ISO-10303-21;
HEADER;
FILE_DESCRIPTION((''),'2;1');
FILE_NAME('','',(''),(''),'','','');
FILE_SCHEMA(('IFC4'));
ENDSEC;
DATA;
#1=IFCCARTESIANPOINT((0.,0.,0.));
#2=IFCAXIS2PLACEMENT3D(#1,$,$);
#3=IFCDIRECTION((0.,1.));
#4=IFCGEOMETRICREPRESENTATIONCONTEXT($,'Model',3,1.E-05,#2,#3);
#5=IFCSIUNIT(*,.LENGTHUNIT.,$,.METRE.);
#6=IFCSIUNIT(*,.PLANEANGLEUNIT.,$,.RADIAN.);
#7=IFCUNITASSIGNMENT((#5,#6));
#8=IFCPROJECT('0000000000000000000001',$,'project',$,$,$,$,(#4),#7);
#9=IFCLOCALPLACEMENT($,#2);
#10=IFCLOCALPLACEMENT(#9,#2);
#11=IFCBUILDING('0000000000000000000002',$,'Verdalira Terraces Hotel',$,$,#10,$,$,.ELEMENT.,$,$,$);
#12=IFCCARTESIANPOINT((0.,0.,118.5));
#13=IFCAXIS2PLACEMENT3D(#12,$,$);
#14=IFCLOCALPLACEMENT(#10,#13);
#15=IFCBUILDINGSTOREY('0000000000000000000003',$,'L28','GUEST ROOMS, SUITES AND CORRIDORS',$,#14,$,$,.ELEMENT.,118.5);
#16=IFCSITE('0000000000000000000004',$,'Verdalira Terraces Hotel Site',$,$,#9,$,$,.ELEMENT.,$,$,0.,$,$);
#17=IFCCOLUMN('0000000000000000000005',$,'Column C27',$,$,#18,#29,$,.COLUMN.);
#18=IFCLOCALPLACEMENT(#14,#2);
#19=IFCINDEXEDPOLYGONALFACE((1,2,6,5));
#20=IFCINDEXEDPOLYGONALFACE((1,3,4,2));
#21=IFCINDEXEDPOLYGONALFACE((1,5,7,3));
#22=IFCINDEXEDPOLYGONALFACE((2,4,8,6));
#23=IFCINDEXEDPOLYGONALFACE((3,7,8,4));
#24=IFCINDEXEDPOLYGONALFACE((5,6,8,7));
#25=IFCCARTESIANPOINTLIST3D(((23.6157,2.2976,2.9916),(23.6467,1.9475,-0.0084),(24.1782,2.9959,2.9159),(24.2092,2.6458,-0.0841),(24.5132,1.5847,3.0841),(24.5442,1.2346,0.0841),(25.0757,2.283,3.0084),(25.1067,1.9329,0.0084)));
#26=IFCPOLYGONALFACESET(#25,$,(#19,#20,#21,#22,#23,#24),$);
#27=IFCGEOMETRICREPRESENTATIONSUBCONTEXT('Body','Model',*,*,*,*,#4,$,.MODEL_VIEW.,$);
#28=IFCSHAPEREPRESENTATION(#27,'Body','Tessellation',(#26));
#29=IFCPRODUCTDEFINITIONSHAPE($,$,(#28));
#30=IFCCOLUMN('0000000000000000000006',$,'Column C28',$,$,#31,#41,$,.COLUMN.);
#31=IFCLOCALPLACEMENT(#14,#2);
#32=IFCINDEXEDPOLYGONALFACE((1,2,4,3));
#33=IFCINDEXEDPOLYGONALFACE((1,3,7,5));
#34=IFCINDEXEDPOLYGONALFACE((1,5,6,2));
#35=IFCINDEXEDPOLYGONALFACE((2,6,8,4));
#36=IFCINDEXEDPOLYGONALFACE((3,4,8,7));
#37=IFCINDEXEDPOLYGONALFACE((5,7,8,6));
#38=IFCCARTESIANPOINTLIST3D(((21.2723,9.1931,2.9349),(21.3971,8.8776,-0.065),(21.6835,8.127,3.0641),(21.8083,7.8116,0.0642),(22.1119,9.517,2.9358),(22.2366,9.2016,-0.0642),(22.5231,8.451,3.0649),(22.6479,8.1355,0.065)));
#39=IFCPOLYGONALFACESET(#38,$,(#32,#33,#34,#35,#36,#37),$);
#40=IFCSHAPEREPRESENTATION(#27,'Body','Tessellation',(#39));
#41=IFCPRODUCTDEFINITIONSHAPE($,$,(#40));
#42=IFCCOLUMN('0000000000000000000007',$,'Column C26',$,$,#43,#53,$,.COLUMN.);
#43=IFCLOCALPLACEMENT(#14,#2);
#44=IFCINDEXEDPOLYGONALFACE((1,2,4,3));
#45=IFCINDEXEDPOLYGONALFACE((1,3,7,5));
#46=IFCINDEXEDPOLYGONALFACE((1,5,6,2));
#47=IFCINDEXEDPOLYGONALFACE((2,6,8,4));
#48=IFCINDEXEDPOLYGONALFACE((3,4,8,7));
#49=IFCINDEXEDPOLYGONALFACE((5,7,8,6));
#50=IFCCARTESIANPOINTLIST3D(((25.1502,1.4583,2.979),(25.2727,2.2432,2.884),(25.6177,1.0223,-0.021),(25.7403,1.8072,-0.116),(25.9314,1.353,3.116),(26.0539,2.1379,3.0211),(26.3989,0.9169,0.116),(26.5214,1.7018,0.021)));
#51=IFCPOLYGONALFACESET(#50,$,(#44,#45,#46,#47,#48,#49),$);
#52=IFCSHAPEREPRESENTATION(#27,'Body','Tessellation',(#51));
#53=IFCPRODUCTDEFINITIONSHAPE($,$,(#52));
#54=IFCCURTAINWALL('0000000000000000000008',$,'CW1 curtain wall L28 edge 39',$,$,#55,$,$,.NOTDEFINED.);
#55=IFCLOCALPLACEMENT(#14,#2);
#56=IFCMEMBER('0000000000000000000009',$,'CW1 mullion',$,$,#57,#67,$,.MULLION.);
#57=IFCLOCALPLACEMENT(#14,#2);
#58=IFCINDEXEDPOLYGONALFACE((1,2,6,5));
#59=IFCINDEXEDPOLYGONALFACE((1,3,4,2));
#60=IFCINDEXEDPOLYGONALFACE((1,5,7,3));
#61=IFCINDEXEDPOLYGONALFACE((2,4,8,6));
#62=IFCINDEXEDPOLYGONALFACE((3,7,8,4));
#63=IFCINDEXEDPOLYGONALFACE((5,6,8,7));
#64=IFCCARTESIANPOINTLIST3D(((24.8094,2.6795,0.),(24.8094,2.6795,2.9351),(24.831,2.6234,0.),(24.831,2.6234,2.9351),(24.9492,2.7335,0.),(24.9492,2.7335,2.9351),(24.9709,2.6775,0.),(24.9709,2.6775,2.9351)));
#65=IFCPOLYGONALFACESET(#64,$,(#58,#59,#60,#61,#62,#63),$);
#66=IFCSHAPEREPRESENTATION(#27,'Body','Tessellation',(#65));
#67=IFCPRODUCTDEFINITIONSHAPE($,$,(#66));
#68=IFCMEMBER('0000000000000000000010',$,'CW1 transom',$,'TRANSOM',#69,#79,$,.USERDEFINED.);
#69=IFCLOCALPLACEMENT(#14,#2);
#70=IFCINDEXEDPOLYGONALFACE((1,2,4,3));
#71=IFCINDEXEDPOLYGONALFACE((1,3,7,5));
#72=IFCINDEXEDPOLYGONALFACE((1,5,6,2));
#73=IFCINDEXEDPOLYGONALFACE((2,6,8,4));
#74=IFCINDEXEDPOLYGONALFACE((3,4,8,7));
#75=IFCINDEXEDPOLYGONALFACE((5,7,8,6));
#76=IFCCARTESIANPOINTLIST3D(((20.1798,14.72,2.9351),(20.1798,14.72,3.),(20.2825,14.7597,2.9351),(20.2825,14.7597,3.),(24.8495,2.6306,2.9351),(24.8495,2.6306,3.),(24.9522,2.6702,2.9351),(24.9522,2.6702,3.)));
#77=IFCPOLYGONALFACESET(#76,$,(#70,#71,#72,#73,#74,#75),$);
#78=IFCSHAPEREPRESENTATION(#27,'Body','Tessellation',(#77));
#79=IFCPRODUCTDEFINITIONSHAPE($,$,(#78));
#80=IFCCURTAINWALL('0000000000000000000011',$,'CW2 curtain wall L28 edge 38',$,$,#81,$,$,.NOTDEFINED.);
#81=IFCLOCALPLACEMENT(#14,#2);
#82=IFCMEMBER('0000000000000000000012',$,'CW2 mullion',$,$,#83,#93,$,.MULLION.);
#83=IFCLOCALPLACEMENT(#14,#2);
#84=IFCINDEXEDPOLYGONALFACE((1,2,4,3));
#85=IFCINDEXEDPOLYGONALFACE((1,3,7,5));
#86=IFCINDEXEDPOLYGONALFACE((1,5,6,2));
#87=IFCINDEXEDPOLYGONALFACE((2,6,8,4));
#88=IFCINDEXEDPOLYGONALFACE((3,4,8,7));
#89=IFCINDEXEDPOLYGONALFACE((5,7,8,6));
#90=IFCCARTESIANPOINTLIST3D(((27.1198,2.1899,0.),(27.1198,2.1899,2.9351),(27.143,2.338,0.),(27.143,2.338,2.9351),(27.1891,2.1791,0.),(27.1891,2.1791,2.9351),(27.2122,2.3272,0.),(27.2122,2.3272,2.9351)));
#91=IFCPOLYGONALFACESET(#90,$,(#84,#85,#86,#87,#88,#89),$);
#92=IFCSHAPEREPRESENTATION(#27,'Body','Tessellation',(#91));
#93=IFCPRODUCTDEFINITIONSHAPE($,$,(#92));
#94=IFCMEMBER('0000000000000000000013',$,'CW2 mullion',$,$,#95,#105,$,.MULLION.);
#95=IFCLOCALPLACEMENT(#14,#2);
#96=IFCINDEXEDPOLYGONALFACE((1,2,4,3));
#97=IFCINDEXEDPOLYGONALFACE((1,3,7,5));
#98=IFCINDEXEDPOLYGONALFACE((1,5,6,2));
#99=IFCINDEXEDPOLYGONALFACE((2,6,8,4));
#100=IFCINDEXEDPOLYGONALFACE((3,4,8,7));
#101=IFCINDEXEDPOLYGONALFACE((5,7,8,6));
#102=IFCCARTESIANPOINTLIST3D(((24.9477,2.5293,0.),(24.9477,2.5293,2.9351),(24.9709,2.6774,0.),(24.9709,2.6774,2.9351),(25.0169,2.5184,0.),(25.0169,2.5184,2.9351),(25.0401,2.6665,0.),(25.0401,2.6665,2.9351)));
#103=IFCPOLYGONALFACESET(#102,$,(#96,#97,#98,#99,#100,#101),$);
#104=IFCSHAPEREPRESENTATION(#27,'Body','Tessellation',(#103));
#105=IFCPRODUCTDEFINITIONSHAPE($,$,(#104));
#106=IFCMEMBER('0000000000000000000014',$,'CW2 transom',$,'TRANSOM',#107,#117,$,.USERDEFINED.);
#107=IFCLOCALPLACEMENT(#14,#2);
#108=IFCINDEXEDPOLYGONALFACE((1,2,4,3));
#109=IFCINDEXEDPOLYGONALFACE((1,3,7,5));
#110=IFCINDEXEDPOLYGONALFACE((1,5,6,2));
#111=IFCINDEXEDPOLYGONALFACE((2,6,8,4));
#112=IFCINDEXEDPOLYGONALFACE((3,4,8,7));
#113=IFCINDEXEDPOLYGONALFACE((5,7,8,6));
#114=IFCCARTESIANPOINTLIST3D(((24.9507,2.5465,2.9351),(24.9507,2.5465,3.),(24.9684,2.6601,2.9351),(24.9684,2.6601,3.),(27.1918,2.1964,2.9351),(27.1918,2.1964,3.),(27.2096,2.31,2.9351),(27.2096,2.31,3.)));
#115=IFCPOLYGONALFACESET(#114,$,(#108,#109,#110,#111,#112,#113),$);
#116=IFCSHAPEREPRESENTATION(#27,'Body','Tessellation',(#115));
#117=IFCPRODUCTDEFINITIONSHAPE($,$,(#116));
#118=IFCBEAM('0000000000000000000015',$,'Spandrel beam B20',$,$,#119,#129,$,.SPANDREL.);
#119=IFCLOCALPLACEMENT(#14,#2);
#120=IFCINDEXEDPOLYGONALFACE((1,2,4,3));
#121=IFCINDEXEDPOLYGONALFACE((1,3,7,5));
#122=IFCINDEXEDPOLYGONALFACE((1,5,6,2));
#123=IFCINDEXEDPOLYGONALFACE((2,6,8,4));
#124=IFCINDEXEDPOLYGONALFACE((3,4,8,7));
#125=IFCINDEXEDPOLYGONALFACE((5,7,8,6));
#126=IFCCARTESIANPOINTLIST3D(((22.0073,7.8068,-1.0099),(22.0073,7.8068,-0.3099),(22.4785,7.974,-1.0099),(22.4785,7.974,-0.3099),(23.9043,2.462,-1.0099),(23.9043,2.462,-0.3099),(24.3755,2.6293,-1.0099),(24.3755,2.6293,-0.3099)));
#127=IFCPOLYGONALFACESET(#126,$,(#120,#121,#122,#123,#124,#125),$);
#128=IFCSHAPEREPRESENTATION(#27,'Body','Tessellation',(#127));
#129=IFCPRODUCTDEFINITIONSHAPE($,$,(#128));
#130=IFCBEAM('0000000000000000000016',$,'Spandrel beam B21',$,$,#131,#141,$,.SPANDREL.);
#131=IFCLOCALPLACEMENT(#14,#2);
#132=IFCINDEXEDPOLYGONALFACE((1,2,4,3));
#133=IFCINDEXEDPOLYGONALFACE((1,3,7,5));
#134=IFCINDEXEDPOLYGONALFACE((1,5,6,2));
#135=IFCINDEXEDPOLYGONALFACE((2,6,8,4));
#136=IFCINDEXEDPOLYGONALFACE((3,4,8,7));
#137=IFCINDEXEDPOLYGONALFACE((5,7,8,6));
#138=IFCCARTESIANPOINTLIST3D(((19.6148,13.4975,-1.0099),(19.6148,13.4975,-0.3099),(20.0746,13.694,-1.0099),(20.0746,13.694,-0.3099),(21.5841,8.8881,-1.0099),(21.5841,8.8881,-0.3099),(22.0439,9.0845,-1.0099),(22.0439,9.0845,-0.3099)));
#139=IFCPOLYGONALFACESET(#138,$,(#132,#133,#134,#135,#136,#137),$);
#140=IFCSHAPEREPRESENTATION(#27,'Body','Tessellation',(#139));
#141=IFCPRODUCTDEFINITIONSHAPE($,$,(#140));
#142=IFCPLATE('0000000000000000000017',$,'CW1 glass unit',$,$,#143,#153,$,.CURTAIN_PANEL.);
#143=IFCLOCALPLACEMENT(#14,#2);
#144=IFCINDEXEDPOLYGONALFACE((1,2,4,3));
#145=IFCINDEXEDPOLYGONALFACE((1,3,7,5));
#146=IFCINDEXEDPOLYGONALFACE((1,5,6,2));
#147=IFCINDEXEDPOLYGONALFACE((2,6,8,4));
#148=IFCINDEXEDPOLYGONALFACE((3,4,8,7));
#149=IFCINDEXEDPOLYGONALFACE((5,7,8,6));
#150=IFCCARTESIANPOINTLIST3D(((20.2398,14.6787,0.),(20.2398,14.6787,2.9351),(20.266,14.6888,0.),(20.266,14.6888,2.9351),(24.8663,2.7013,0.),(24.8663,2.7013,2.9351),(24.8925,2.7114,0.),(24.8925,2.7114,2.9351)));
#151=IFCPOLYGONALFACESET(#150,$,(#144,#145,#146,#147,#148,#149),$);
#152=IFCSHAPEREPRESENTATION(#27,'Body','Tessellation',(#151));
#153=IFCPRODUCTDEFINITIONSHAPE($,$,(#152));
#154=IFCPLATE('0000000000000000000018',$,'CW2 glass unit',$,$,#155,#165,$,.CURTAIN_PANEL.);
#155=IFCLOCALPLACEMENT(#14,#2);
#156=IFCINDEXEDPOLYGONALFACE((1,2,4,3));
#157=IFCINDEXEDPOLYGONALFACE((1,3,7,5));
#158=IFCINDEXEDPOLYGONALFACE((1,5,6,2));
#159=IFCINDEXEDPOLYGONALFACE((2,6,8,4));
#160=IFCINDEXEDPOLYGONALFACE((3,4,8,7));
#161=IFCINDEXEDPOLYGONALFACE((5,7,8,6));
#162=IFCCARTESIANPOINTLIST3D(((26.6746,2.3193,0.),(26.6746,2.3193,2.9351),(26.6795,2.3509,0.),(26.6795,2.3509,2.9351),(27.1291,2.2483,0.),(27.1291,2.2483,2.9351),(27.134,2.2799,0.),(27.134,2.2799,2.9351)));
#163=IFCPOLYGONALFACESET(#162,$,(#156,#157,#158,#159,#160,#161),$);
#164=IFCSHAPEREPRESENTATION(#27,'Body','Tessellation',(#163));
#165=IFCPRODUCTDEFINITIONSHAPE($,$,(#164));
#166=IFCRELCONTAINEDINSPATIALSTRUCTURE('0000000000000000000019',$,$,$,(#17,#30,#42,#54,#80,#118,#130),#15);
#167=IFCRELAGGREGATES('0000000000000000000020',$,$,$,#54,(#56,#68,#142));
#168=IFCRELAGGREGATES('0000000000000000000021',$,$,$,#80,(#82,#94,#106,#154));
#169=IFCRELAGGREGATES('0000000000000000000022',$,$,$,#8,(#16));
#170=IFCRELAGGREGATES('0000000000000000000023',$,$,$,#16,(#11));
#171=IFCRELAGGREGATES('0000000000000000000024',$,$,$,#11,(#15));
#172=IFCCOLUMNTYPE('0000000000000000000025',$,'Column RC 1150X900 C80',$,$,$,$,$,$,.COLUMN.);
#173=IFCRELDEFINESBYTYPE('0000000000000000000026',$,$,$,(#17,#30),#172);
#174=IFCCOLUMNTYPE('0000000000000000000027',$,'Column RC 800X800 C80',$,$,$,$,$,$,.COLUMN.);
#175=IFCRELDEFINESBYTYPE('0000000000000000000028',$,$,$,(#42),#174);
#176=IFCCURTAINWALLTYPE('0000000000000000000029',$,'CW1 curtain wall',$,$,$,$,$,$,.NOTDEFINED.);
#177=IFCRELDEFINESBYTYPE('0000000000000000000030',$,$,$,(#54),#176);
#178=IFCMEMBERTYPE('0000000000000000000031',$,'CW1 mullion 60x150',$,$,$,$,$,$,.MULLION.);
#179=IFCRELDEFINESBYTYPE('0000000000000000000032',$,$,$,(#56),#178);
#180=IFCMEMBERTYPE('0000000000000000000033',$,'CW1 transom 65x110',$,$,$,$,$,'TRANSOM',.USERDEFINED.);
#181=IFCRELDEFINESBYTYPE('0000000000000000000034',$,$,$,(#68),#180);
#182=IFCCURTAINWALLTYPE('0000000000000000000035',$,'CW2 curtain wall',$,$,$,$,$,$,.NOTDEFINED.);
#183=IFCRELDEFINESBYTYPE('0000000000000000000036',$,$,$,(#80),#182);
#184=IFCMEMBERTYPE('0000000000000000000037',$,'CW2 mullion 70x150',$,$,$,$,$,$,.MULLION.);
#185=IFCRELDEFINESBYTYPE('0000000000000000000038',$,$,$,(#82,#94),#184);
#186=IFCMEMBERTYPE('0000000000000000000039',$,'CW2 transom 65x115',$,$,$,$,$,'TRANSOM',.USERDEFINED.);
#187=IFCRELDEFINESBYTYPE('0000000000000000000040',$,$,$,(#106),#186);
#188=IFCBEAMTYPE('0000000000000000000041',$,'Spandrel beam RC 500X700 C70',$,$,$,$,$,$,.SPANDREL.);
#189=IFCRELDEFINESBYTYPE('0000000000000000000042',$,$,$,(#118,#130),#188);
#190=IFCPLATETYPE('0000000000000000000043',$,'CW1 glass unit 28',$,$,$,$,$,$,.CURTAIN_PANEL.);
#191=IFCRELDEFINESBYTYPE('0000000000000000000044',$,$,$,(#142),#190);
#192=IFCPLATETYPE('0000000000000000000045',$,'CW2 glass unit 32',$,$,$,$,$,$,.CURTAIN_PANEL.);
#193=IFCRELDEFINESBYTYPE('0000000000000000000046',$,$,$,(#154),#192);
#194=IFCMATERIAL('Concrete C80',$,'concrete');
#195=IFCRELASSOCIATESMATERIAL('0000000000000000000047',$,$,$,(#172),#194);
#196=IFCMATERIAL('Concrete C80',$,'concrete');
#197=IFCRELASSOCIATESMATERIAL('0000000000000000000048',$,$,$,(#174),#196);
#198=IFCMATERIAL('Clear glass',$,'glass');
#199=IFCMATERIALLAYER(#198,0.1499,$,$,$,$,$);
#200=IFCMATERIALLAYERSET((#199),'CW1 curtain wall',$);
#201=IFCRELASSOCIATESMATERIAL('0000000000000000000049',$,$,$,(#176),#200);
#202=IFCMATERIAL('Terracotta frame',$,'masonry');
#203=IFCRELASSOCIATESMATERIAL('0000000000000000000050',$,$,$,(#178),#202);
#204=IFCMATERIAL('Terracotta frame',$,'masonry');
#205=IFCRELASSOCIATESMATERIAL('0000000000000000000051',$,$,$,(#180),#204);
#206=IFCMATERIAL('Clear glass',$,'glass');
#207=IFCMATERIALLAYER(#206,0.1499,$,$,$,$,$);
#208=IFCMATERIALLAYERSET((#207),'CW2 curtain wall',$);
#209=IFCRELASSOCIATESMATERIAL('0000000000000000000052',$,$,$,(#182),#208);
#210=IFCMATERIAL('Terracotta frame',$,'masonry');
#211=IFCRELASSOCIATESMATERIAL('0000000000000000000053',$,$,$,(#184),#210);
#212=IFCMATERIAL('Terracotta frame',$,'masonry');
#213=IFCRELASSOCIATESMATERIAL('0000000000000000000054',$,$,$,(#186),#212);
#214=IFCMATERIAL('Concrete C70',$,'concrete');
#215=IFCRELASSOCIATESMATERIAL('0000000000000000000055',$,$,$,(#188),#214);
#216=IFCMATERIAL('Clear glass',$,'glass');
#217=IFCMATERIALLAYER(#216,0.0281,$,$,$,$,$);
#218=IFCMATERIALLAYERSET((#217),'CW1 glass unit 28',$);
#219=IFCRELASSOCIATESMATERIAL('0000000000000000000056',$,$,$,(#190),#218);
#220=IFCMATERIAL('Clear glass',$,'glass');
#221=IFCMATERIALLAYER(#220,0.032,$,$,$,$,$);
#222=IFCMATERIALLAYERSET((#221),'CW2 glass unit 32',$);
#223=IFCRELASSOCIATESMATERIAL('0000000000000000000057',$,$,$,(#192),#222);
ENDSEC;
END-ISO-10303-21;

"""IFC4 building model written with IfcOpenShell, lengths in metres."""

from ifc_helpers import new_model, si_unit, direction, frame, origin, origin_2d, place, context, subcontext, project, spatial, rectangle, extrude, material, layer, layer_set, material_profile, profile_set, type_object, element, aggregate, save


model = new_model("IFC4")

# Units and contexts
model_context = context("Model", 3, precision=1e-05, world=origin(), true_north=direction((0.0, 1.0)))
body_context = subcontext(model_context, "Body", "Model", "MODEL_VIEW")
ifc_project = project(units=[si_unit("LENGTHUNIT", "METRE"), si_unit("PLANEANGLEUNIT", "RADIAN")], contexts=[model_context])

# Site, building, storey
site_placement = place(None, origin())
site = spatial("IfcSite", under=ifc_project, at=site_placement, Name="Verdalira Terraces Hotel Site", CompositionType="ELEMENT", RefElevation=0.0)
building_placement = place(site_placement, origin())
building = spatial("IfcBuilding", under=site, at=building_placement, Name="Verdalira Terraces Hotel", CompositionType="ELEMENT")
storey_placement = place(building_placement, frame((0.0, 0.0, 118.5)))
storey = spatial("IfcBuildingStorey", under=building, at=storey_placement, Name="L28", Description="GUEST ROOMS, SUITES AND CORRIDORS", CompositionType="ELEMENT", Elevation=118.5)

# Columns
ifc_material_1 = material(Name="Concrete C80", Category="concrete")
ifc_material_profile_1 = material_profile(ifc_material_1, rectangle(XDim=1.1499, YDim=0.8999, at=origin_2d()), Name="RC 1150X900")
ifc_profile_set_1 = profile_set([ifc_material_profile_1], Name="Concrete C80")
column_type_1 = type_object("IfcColumnType", Name="Column RC 1150X900 C80", PredefinedType="COLUMN", material=ifc_profile_set_1)
column_1_placement = place(storey_placement, frame((24.3767, 1.9402, 0.0), z_axis=(-0.010265, 0.115906, 0.993207), x_axis=(0.780505, -0.619956, 0.080415)))
element("IfcColumn", 1, at=column_1_placement, inside=storey, type_object=column_type_1, Name="Column C27", PredefinedType="COLUMN", context=body_context, shape_type="SweptSolid", body=[
    extrude(rectangle(XDim=1.1499, YDim=0.8999, at=origin_2d()), origin(), (0.0, 0.0, 1.0), 3.0205),
])
column_2_placement = place(storey_placement, frame((22.0225, 8.5066, 0.0), z_axis=(-0.041322, 0.104478, 0.993668), x_axis=(-0.357607, 0.92709, -0.112348)))
element("IfcColumn", 2, at=column_2_placement, inside=storey, type_object=column_type_1, Name="Column C28", PredefinedType="COLUMN", context=body_context, shape_type="SweptSolid", body=[
    extrude(rectangle(XDim=1.1499, YDim=0.8999, at=origin_2d()), origin(), (0.0, 0.0, 1.0), 3.019),
])
ifc_material_2 = material(Name="Concrete C80", Category="concrete")
ifc_material_profile_2 = material_profile(ifc_material_2, rectangle(XDim=0.8, YDim=0.8, at=origin_2d()), Name="RC 800X800")
ifc_profile_set_2 = profile_set([ifc_material_profile_2], Name="Concrete C80")
column_type_2 = type_object("IfcColumnType", Name="Column RC 800X800 C80", PredefinedType="COLUMN", material=ifc_profile_set_2)
column_3_placement = place(storey_placement, frame((26.0696, 1.3621, 0.0), z_axis=(-0.152421, 0.142153, 0.978039), x_axis=(-0.976379, 0.131678, -0.171301)))
element("IfcColumn", 3, at=column_3_placement, inside=storey, type_object=column_type_2, Name="Column C26", PredefinedType="COLUMN", context=body_context, shape_type="SweptSolid", body=[
    extrude(rectangle(XDim=0.8, YDim=0.8, at=origin_2d()), origin(), (0.0, 0.0, 1.0), 3.0674),
])

# Curtain walls, members
ifc_material_3 = material(Name="Clear glass", Category="glass")
ifc_layer_1 = layer(ifc_material_3, 0.1499)
ifc_layer_set_1 = layer_set([ifc_layer_1], Name="CW1 curtain wall")
curtain_wall_type_1 = type_object("IfcCurtainWallType", Name="CW1 curtain wall", PredefinedType="NOTDEFINED", material=ifc_layer_set_1)
curtain_wall_1_placement = place(storey_placement, origin())
curtain_wall_1 = element("IfcCurtainWall", 4, at=curtain_wall_1_placement, inside=storey, type_object=curtain_wall_type_1, Name="CW1 curtain wall L28 edge 39", PredefinedType="NOTDEFINED")
ifc_material_4 = material(Name="Terracotta frame", Category="masonry")
ifc_material_profile_3 = material_profile(ifc_material_4, rectangle(XDim=0.0601, YDim=0.1499, at=origin_2d()), Name="MU 60x150")
ifc_profile_set_3 = profile_set([ifc_material_profile_3], Name="Terracotta frame")
member_type_1 = type_object("IfcMemberType", Name="CW1 mullion 60x150", PredefinedType="MULLION", material=ifc_profile_set_3)
member_1_placement = place(storey_placement, frame((24.8901, 2.6785, 0.0), z_axis=(0.0, 0.0, 1.0), x_axis=(-0.360322, 0.932828, 0.0)))
member_1 = element("IfcMember", 5, at=member_1_placement, type_object=member_type_1, Name="CW1 mullion", PredefinedType="MULLION", context=body_context, shape_type="SweptSolid", body=[
    extrude(rectangle(XDim=0.0601, YDim=0.1499, at=origin_2d()), origin(), (0.0, 0.0, 1.0), 2.9351),
])
ifc_material_5 = material(Name="Terracotta frame", Category="masonry")
ifc_material_profile_4 = material_profile(ifc_material_5, rectangle(XDim=0.1101, YDim=0.0649, at=origin_2d()), Name="TR 65x110")
ifc_profile_set_4 = profile_set([ifc_material_profile_4], Name="Terracotta frame")
member_type_2 = type_object("IfcMemberType", Name="CW1 transom 65x110", ElementType="TRANSOM", PredefinedType="USERDEFINED", material=ifc_profile_set_4)
member_2_placement = place(storey_placement, frame((24.9009, 2.6504, 2.9675), z_axis=(-0.360318, 0.93283, 0.0), x_axis=(-0.93283, -0.360318, 0.0)))
member_2 = element("IfcMember", 6, at=member_2_placement, type_object=member_type_2, Name="CW1 transom", ObjectType="TRANSOM", PredefinedType="USERDEFINED", context=body_context, shape_type="SweptSolid", body=[
    extrude(rectangle(XDim=0.1101, YDim=0.0649, at=origin_2d()), origin(), (0.0, 0.0, 1.0), 12.96),
])
ifc_material_6 = material(Name="Clear glass", Category="glass")
ifc_layer_2 = layer(ifc_material_6, 0.1499)
ifc_layer_set_2 = layer_set([ifc_layer_2], Name="CW2 curtain wall")
curtain_wall_type_2 = type_object("IfcCurtainWallType", Name="CW2 curtain wall", PredefinedType="NOTDEFINED", material=ifc_layer_set_2)
curtain_wall_2_placement = place(storey_placement, origin())
curtain_wall_2 = element("IfcCurtainWall", 7, at=curtain_wall_2_placement, inside=storey, type_object=curtain_wall_type_2, Name="CW2 curtain wall L28 edge 38", PredefinedType="NOTDEFINED")
ifc_material_7 = material(Name="Terracotta frame", Category="masonry")
ifc_material_profile_5 = material_profile(ifc_material_7, rectangle(XDim=0.0701, YDim=0.1499, at=origin_2d()), Name="MU 70x150")
ifc_profile_set_5 = profile_set([ifc_material_profile_5], Name="Terracotta frame")
member_type_3 = type_object("IfcMemberType", Name="CW2 mullion 70x150", PredefinedType="MULLION", material=ifc_profile_set_5)
member_3_placement = place(storey_placement, frame((27.166, 2.2585, 0.0), z_axis=(0.0, 0.0, 1.0), x_axis=(-0.988014, 0.154366, 0.0)))
member_3 = element("IfcMember", 8, at=member_3_placement, type_object=member_type_3, Name="CW2 mullion", PredefinedType="MULLION", context=body_context, shape_type="SweptSolid", body=[
    extrude(rectangle(XDim=0.0701, YDim=0.1499, at=origin_2d()), origin(), (0.0, 0.0, 1.0), 2.9351),
])
member_4_placement = place(storey_placement, frame((24.9939, 2.5979, 0.0), z_axis=(0.0, 0.0, 1.0), x_axis=(-0.988014, 0.154366, 0.0)))
member_4 = element("IfcMember", 9, at=member_4_placement, type_object=member_type_3, Name="CW2 mullion", PredefinedType="MULLION", context=body_context, shape_type="SweptSolid", body=[
    extrude(rectangle(XDim=0.0701, YDim=0.1499, at=origin_2d()), origin(), (0.0, 0.0, 1.0), 2.9351),
])
ifc_material_8 = material(Name="Terracotta frame", Category="masonry")
ifc_material_profile_6 = material_profile(ifc_material_8, rectangle(XDim=0.115, YDim=0.0649, at=origin_2d()), Name="TR 65x115")
ifc_profile_set_6 = profile_set([ifc_material_profile_6], Name="Terracotta frame")
member_type_4 = type_object("IfcMemberType", Name="CW2 transom 65x115", ElementType="TRANSOM", PredefinedType="USERDEFINED", material=ifc_profile_set_6)
member_5_placement = place(storey_placement, frame((27.2007, 2.2532, 2.9675), z_axis=(-0.988018, 0.154337, 0.0), x_axis=(-0.154337, -0.988018, 0.0)))
member_5 = element("IfcMember", 10, at=member_5_placement, type_object=member_type_4, Name="CW2 transom", ObjectType="TRANSOM", PredefinedType="USERDEFINED", context=body_context, shape_type="SweptSolid", body=[
    extrude(rectangle(XDim=0.115, YDim=0.0649, at=origin_2d()), origin(), (0.0, 0.0, 1.0), 2.2683),
])

# Beams
ifc_material_9 = material(Name="Concrete C70", Category="concrete")
ifc_material_profile_7 = material_profile(ifc_material_9, rectangle(XDim=0.5, YDim=0.7, at=origin_2d()), Name="RC 500X700")
ifc_profile_set_7 = profile_set([ifc_material_profile_7], Name="Concrete C70")
beam_type = type_object("IfcBeamType", Name="Spandrel beam RC 500X700 C70", PredefinedType="SPANDREL", material=ifc_profile_set_7)
beam_1_placement = place(storey_placement, frame((24.1399, 2.5457, -0.6599), z_axis=(-0.334481, 0.942402, 0.0), x_axis=(-0.942402, -0.334481, 0.0)))
element("IfcBeam", 11, at=beam_1_placement, inside=storey, type_object=beam_type, Name="Spandrel beam B20", PredefinedType="SPANDREL", context=body_context, shape_type="SweptSolid", body=[
    extrude(rectangle(XDim=0.5, YDim=0.7, at=origin_2d()), origin(), (0.0, 0.0, 1.0), 5.6714),
])
beam_2_placement = place(storey_placement, frame((21.814, 8.9863, -0.6599), z_axis=(-0.392873, 0.919593, 0.0), x_axis=(-0.919593, -0.392873, 0.0)))
element("IfcBeam", 12, at=beam_2_placement, inside=storey, type_object=beam_type, Name="Spandrel beam B21", PredefinedType="SPANDREL", context=body_context, shape_type="SweptSolid", body=[
    extrude(rectangle(XDim=0.5, YDim=0.7, at=origin_2d()), origin(), (0.0, 0.0, 1.0), 5.0125),
])

# Plates
ifc_material_10 = material(Name="Clear glass", Category="glass")
ifc_layer_3 = layer(ifc_material_10, 0.0281)
ifc_layer_set_3 = layer_set([ifc_layer_3], Name="CW1 glass unit 28")
plate_type_1 = type_object("IfcPlateType", Name="CW1 glass unit 28", PredefinedType="CURTAIN_PANEL", material=ifc_layer_set_3)
plate_1_placement = place(storey_placement, frame((22.5662, 8.6951, 0.0), z_axis=(0.0, 0.0, 1.0), x_axis=(-0.360322, 0.932828, 0.0)))
plate_1 = element("IfcPlate", 13, at=plate_1_placement, type_object=plate_type_1, Name="CW1 glass unit", PredefinedType="CURTAIN_PANEL", context=body_context, shape_type="SweptSolid", body=[
    extrude(rectangle(XDim=12.8398, YDim=0.0281, at=origin_2d()), origin(), (0.0, 0.0, 1.0), 2.9351),
])
aggregate(curtain_wall_1, [member_1, member_2, plate_1])
ifc_material_11 = material(Name="Clear glass", Category="glass")
ifc_layer_4 = layer(ifc_material_11, 0.032)
ifc_layer_set_4 = layer_set([ifc_layer_4], Name="CW2 glass unit 32")
plate_type_2 = type_object("IfcPlateType", Name="CW2 glass unit 32", PredefinedType="CURTAIN_PANEL", material=ifc_layer_set_4)
plate_2_placement = place(storey_placement, frame((26.9043, 2.2996, 0.0), z_axis=(0.0, 0.0, 1.0), x_axis=(-0.988014, 0.154366, 0.0)))
plate_2 = element("IfcPlate", 14, at=plate_2_placement, type_object=plate_type_2, Name="CW2 glass unit", PredefinedType="CURTAIN_PANEL", context=body_context, shape_type="SweptSolid", body=[
    extrude(rectangle(XDim=0.46, YDim=0.032, at=origin_2d()), origin(), (0.0, 0.0, 1.0), 2.9351),
])
aggregate(curtain_wall_2, [member_3, member_4, member_5, plate_2])

save(model, "model.ifc")
